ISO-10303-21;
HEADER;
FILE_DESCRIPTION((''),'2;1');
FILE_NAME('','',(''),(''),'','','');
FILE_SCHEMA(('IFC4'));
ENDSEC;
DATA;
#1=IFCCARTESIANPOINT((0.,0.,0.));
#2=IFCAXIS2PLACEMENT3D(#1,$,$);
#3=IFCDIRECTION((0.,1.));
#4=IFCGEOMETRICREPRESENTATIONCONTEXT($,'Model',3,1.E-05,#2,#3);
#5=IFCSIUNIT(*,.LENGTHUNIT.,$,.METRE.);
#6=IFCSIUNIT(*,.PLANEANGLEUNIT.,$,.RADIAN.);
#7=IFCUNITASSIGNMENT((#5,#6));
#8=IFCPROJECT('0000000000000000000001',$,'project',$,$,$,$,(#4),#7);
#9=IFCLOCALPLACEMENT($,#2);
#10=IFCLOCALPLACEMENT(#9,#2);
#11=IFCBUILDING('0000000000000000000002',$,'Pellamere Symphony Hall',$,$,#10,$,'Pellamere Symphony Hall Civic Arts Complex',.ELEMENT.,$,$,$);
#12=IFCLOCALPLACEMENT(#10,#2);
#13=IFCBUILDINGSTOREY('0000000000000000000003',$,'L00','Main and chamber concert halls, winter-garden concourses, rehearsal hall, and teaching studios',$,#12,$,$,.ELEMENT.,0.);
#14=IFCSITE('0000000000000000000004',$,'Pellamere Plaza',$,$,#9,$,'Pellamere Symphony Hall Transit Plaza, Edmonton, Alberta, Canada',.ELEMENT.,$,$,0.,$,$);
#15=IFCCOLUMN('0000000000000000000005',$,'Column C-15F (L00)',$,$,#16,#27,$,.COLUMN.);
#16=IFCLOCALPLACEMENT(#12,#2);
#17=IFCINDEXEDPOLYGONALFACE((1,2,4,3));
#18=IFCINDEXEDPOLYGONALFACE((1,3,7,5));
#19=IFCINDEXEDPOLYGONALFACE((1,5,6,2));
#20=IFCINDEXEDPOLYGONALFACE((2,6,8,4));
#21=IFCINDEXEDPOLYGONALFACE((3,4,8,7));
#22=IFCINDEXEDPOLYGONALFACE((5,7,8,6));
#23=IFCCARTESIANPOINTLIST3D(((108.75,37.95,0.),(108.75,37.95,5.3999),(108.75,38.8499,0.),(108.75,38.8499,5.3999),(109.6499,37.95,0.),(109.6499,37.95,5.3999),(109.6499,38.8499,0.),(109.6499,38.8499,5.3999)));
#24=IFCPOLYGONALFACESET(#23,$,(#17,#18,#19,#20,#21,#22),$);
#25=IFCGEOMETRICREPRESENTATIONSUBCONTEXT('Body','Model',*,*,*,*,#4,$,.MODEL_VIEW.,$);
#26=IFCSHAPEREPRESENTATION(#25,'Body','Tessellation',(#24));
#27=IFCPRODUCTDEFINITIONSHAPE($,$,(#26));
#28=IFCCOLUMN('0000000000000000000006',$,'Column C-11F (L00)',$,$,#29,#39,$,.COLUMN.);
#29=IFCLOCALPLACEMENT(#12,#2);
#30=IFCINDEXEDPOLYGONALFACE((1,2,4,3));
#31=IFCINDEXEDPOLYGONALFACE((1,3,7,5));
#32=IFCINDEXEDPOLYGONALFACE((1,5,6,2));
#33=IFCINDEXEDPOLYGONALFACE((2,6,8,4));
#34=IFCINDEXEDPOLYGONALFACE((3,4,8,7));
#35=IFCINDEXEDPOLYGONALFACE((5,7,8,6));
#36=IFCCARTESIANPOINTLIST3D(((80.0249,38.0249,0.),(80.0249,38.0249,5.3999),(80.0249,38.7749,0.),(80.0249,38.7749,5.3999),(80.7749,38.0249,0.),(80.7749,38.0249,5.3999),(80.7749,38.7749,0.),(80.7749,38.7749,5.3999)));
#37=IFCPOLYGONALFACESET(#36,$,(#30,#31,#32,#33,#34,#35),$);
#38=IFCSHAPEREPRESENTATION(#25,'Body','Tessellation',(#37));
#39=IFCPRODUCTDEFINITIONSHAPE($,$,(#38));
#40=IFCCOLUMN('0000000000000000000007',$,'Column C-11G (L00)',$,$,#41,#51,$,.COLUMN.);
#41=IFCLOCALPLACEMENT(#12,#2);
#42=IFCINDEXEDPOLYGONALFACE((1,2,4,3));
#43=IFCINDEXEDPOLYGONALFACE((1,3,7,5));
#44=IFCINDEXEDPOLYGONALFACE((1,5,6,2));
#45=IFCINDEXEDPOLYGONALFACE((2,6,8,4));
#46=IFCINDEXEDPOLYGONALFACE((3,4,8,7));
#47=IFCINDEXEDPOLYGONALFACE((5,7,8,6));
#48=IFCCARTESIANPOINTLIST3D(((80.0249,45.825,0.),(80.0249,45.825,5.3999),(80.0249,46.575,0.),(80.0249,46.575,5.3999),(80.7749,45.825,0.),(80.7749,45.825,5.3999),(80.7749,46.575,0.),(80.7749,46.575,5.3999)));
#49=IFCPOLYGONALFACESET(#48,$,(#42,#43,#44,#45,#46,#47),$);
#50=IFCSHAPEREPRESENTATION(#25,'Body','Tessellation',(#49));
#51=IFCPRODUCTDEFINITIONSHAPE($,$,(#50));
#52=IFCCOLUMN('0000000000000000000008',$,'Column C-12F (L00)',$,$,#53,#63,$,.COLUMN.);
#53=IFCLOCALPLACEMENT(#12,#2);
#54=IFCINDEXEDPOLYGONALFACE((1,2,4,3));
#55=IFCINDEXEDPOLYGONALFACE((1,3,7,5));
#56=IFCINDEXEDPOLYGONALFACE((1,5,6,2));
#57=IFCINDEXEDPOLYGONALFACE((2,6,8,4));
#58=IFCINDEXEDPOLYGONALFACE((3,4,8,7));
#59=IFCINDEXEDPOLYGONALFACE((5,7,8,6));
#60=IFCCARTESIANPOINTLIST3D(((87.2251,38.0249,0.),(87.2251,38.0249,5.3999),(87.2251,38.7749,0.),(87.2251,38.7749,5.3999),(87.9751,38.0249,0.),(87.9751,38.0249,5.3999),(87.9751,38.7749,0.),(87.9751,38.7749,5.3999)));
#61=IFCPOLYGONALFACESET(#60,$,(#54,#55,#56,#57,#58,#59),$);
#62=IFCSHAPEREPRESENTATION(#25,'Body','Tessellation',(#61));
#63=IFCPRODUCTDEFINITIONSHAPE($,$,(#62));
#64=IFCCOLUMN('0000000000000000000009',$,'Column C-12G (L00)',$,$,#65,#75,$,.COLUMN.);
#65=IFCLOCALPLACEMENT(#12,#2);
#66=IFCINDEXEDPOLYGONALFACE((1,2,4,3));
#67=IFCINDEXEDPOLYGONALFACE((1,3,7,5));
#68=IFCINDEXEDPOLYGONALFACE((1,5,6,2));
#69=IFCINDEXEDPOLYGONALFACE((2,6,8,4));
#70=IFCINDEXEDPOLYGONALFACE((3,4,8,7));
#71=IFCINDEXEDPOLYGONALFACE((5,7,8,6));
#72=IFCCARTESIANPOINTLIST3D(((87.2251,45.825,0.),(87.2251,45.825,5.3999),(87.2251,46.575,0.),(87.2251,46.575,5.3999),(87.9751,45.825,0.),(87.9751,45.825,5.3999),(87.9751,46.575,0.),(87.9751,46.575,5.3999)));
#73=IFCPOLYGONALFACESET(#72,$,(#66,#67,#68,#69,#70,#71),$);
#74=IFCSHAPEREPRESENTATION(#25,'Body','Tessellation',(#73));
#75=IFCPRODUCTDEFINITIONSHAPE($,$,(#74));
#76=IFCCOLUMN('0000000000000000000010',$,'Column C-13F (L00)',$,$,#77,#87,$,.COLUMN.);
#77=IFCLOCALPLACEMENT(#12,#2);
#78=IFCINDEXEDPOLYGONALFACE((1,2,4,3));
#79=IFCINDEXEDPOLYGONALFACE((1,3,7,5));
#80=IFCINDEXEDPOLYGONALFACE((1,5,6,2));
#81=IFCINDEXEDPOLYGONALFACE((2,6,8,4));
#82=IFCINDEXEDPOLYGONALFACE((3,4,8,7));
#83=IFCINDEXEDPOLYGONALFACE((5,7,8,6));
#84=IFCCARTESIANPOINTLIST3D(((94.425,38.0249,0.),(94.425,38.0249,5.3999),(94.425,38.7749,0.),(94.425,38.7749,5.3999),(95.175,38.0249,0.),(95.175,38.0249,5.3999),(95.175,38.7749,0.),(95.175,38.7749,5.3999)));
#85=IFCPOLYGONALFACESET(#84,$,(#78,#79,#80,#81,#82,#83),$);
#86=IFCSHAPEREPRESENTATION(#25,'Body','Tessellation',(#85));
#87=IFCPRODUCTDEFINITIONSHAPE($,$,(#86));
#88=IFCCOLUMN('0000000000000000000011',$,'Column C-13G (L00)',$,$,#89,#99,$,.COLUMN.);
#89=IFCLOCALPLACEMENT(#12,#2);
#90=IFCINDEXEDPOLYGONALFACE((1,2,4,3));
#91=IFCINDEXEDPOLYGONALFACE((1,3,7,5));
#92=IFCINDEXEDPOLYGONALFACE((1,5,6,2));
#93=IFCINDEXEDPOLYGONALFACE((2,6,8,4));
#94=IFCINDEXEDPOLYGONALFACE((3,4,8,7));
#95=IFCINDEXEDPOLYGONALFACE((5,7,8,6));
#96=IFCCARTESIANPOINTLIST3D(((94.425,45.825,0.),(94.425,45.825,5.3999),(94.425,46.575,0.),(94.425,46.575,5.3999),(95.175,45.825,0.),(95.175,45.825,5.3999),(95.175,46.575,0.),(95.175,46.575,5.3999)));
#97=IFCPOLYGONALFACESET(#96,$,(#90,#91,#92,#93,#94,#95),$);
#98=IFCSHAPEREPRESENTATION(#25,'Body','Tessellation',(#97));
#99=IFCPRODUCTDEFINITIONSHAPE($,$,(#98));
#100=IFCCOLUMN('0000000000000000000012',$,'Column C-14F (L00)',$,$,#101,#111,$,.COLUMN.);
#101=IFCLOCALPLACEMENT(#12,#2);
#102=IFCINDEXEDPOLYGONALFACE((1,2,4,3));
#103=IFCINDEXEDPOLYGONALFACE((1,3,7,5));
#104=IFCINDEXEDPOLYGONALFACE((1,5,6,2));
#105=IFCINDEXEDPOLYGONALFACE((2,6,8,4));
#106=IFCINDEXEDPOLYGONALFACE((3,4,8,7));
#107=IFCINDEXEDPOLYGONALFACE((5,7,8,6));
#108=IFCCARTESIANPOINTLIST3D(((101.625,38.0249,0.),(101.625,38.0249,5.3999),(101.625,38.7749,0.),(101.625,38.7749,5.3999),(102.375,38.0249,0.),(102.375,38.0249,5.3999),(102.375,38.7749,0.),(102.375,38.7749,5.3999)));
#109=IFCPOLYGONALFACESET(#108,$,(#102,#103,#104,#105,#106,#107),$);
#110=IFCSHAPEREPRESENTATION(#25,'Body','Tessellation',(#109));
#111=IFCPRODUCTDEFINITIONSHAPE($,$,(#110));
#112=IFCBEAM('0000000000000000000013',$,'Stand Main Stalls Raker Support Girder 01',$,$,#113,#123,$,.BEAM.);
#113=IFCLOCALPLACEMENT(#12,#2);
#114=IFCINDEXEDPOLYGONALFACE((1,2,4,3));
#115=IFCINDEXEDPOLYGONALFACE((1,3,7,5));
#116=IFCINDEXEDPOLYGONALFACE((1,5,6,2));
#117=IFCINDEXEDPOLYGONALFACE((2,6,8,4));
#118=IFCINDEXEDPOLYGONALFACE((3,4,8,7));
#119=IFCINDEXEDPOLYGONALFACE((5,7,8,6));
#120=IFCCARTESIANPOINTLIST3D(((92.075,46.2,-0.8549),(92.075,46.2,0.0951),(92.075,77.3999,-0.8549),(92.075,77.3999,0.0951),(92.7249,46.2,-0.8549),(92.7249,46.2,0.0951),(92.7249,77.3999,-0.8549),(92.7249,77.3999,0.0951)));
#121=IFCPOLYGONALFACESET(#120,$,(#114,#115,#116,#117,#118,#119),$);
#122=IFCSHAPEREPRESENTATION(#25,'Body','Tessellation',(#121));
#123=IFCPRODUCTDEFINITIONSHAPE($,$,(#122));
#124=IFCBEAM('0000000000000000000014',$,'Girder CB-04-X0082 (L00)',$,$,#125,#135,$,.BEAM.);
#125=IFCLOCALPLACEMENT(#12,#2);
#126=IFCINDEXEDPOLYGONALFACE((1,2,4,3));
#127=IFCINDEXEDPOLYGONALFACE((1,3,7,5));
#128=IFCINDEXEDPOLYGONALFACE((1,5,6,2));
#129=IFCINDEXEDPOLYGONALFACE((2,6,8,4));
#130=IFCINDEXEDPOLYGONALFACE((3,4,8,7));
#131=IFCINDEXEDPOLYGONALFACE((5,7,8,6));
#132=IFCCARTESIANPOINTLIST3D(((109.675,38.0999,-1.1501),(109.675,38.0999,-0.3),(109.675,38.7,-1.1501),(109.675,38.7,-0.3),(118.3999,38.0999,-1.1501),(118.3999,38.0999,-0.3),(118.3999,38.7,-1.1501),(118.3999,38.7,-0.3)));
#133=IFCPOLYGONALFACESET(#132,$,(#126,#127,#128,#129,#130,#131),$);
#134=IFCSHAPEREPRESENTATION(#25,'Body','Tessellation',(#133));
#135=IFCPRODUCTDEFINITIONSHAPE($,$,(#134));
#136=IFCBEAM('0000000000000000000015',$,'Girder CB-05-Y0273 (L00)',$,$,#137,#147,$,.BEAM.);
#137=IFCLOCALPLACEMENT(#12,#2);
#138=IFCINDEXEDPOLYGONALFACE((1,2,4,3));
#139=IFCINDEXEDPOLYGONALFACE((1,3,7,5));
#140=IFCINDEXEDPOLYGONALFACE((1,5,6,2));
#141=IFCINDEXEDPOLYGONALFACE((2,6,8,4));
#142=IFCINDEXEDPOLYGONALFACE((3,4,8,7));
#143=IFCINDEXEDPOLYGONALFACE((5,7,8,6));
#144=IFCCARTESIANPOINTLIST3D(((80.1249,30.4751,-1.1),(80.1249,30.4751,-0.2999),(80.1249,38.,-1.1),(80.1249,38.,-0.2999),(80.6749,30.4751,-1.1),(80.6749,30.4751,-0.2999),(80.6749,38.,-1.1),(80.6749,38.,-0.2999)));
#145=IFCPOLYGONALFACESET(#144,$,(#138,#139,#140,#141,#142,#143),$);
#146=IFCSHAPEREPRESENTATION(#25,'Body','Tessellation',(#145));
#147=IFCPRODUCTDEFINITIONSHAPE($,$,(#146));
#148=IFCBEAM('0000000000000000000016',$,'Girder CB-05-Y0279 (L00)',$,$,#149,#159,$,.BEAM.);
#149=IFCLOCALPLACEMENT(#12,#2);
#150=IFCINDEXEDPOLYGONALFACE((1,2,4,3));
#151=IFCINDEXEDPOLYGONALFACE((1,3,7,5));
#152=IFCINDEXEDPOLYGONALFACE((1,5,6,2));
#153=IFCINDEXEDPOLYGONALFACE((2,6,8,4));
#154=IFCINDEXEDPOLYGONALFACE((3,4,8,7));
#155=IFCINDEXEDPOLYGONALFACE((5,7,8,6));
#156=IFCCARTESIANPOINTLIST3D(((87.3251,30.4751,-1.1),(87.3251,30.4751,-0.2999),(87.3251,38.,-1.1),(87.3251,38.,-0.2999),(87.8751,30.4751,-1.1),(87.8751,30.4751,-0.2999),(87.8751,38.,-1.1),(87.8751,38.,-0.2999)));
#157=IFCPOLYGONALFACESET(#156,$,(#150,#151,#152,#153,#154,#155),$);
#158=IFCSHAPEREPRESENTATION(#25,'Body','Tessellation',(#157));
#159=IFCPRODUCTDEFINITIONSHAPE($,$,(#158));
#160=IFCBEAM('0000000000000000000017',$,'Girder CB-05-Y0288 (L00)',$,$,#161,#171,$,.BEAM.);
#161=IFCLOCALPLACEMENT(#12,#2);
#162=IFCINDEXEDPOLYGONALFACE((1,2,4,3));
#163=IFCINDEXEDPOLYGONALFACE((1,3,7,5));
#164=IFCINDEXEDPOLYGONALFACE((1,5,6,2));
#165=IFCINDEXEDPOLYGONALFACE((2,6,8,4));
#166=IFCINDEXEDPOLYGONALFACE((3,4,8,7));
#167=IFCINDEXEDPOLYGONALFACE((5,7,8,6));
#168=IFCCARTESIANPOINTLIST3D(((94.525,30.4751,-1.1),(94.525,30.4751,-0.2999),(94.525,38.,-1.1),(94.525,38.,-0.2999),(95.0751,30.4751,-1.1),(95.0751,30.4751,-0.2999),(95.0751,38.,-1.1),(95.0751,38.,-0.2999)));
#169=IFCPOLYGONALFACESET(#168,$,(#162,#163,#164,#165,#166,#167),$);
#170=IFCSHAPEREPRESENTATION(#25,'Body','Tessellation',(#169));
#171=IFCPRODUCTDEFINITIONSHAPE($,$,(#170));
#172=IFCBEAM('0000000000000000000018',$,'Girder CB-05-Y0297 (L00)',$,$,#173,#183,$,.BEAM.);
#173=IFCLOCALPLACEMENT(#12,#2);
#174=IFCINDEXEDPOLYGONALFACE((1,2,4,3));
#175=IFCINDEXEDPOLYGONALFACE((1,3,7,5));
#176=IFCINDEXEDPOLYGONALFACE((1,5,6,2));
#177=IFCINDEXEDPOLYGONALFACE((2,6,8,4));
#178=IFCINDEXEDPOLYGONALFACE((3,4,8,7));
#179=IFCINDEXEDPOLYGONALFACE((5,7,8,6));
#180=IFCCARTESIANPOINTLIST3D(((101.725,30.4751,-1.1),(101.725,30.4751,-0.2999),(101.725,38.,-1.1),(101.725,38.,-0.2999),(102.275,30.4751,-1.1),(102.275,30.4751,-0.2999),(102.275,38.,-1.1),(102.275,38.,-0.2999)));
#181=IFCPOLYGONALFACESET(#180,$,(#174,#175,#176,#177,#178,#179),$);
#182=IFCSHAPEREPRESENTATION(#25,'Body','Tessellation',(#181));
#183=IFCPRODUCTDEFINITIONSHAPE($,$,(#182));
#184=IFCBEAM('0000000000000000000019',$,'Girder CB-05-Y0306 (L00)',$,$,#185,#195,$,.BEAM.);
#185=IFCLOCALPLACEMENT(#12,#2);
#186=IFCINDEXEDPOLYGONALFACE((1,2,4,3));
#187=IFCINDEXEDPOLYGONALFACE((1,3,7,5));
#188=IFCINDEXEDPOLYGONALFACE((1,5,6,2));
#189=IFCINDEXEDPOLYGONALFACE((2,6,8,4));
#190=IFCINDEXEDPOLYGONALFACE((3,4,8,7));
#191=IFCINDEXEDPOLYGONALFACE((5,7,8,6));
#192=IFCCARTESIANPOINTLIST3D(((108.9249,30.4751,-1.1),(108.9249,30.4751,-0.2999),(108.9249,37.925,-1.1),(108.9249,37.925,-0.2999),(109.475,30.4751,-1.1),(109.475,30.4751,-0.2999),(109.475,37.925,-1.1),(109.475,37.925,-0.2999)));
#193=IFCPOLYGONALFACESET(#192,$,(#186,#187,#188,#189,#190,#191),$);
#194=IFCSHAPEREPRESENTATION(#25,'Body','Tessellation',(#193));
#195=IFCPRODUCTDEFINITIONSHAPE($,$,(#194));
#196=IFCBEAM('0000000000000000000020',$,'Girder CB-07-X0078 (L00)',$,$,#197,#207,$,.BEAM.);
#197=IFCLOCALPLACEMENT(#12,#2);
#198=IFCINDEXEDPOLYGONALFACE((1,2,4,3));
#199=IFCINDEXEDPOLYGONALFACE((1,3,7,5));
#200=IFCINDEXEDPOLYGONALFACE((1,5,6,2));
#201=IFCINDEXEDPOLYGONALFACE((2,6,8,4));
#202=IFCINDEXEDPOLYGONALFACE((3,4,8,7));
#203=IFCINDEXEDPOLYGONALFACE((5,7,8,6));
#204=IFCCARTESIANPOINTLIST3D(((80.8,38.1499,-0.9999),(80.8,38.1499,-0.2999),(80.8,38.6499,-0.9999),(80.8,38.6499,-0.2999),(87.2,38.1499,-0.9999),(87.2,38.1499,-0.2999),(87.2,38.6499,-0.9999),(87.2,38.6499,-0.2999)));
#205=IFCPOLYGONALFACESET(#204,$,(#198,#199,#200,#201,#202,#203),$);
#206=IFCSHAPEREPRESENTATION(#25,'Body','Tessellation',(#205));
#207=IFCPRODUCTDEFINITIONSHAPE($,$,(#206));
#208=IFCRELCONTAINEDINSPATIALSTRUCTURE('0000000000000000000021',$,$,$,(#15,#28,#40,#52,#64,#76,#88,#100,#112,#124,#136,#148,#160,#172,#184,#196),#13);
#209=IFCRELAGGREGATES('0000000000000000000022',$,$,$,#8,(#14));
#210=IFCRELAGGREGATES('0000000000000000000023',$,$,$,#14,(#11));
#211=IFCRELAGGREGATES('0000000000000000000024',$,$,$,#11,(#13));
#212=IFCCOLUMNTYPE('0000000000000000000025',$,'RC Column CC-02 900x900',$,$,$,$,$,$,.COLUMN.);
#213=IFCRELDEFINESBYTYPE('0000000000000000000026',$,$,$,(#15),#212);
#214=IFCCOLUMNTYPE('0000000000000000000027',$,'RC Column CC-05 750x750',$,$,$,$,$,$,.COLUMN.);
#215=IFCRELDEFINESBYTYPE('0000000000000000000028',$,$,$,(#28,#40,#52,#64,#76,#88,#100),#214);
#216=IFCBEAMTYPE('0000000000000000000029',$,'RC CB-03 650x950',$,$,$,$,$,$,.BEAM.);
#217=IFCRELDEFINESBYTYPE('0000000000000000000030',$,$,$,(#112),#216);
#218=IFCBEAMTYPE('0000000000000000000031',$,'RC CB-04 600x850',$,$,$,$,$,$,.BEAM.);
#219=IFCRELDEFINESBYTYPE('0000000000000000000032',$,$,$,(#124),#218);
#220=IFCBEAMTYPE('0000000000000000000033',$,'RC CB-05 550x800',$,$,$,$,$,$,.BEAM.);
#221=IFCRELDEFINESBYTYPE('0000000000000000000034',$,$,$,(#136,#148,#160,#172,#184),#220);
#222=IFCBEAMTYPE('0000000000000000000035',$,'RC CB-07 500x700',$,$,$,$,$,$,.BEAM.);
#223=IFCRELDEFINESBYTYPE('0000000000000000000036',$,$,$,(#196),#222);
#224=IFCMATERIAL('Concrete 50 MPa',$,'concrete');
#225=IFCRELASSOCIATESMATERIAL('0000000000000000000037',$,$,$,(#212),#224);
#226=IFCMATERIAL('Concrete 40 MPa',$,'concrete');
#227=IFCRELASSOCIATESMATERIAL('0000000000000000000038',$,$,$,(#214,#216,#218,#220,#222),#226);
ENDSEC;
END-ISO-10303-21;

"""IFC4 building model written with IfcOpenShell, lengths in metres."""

from ifc_helpers import new_model, si_unit, direction, frame, origin, origin_2d, place, context, subcontext, project, spatial, rectangle, extrude, material, material_profile, profile_set, type_object, element, save


model = new_model("IFC4")

# Units and contexts
model_context = context("Model", 3, precision=1e-05, world=origin(), true_north=direction((0.0, 1.0)))
body_context = subcontext(model_context, "Body", "Model", "MODEL_VIEW")
ifc_project = project(units=[si_unit("LENGTHUNIT", "METRE"), si_unit("PLANEANGLEUNIT", "RADIAN")], contexts=[model_context])

# Site, building, storey
site_placement = place(None, origin())
site = spatial("IfcSite", under=ifc_project, at=site_placement, Name="Pellamere Plaza", LongName="Pellamere Symphony Hall Transit Plaza, Edmonton, Alberta, Canada", CompositionType="ELEMENT", RefElevation=0.0)
building_placement = place(site_placement, origin())
building = spatial("IfcBuilding", under=site, at=building_placement, Name="Pellamere Symphony Hall", LongName="Pellamere Symphony Hall Civic Arts Complex", CompositionType="ELEMENT")
storey_placement = place(building_placement, origin())
storey = spatial("IfcBuildingStorey", under=building, at=storey_placement, Name="L00", Description="Main and chamber concert halls, winter-garden concourses, rehearsal hall, and teaching studios", CompositionType="ELEMENT", Elevation=0.0)

# Columns
ifc_material_1 = material(Name="Concrete 50 MPa", Category="concrete")
ifc_material_profile_1 = material_profile(ifc_material_1, rectangle(XDim=0.8999, YDim=0.8999, at=origin_2d()), Name="RC 900x900")
ifc_profile_set_1 = profile_set([ifc_material_profile_1], Name="Concrete 50 MPa")
column_type_1 = type_object("IfcColumnType", Name="RC Column CC-02 900x900", PredefinedType="COLUMN", material=ifc_profile_set_1)
column_placement = place(storey_placement, frame((109.2, 38.3999, 0.0), z_axis=(0.0, 0.0, 1.0), x_axis=(1.0, 0.0, 0.0)))
element("IfcColumn", 1, at=column_placement, inside=storey, type_object=column_type_1, Name="Column C-15F (L00)", PredefinedType="COLUMN", context=body_context, shape_type="SweptSolid", body=[
    extrude(rectangle(XDim=0.8999, YDim=0.8999, at=origin_2d()), origin(), (0.0, 0.0, 1.0), 5.3999),
])
ifc_material_2 = material(Name="Concrete 40 MPa", Category="concrete")
ifc_material_profile_2 = material_profile(ifc_material_2, rectangle(XDim=0.75, YDim=0.75, at=origin_2d()), Name="RC 750x750")
ifc_profile_set_2 = profile_set([ifc_material_profile_2], Name="Concrete 40 MPa")
column_type_2 = type_object("IfcColumnType", Name="RC Column CC-05 750x750", PredefinedType="COLUMN", material=ifc_profile_set_2)
for number, where, z_axis, x_axis, name in (
    (2, (80.3999, 38.3999, 0.0), (0.0, 0.0, 1.0), (1.0, 0.0, 0.0), "Column C-11F (L00)"),
    (3, (80.3999, 46.2, 0.0), (0.0, 0.0, 1.0), (1.0, 0.0, 0.0), "Column C-11G (L00)"),
    (4, (87.6001, 38.3999, 0.0), (0.0, 0.0, 1.0), (1.0, 0.0, 0.0), "Column C-12F (L00)"),
    (5, (87.6001, 46.2, 0.0), (0.0, 0.0, 1.0), (1.0, 0.0, 0.0), "Column C-12G (L00)"),
    (6, (94.8, 38.3999, 0.0), (0.0, 0.0, 1.0), (1.0, 0.0, 0.0), "Column C-13F (L00)"),
    (7, (94.8, 46.2, 0.0), (0.0, 0.0, 1.0), (1.0, 0.0, 0.0), "Column C-13G (L00)"),
    (8, (102.0, 38.3999, 0.0), (0.0, 0.0, 1.0), (1.0, 0.0, 0.0), "Column C-14F (L00)"),
):
    element("IfcColumn", number, at=place(storey_placement, frame(where, z_axis=z_axis, x_axis=x_axis)), inside=storey, type_object=column_type_2, Name=name, PredefinedType="COLUMN", context=body_context, shape_type="SweptSolid", body=[
        extrude(rectangle(XDim=0.75, YDim=0.75, at=origin_2d()), origin(), (0.0, 0.0, 1.0), 5.3999),
    ])

# Beams
ifc_material_profile_3 = material_profile(ifc_material_2, rectangle(XDim=0.6499, YDim=0.95, at=origin_2d()), Name="RC 650x950")
ifc_profile_set_3 = profile_set([ifc_material_profile_3], Name="Concrete 40 MPa")
beam_type_1 = type_object("IfcBeamType", Name="RC CB-03 650x950", PredefinedType="BEAM", material=ifc_profile_set_3)
beam_1_placement = place(storey_placement, frame((92.3999, 46.2, -0.3799), z_axis=(0.0, 1.0, 0.0), x_axis=(-1.0, 0.0, 0.0)))
element("IfcBeam", 9, at=beam_1_placement, inside=storey, type_object=beam_type_1, Name="Stand Main Stalls Raker Support Girder 01", PredefinedType="BEAM", context=body_context, shape_type="SweptSolid", body=[
    extrude(rectangle(XDim=0.6499, YDim=0.95, at=origin_2d()), origin(), (0.0, 0.0, 1.0), 31.2),
])
ifc_material_profile_4 = material_profile(ifc_material_2, rectangle(XDim=0.6001, YDim=0.8501, at=origin_2d()), Name="RC 600x850")
ifc_profile_set_4 = profile_set([ifc_material_profile_4], Name="Concrete 40 MPa")
beam_type_2 = type_object("IfcBeamType", Name="RC CB-04 600x850", PredefinedType="BEAM", material=ifc_profile_set_4)
beam_2_placement = place(storey_placement, frame((109.675, 38.3999, -0.7251), z_axis=(1.0, 0.0, 0.0), x_axis=(0.0, 1.0, 0.0)))
element("IfcBeam", 10, at=beam_2_placement, inside=storey, type_object=beam_type_2, Name="Girder CB-04-X0082 (L00)", PredefinedType="BEAM", context=body_context, shape_type="SweptSolid", body=[
    extrude(rectangle(XDim=0.6001, YDim=0.8501, at=origin_2d()), origin(), (0.0, 0.0, 1.0), 8.7249),
])
ifc_material_profile_5 = material_profile(ifc_material_2, rectangle(XDim=0.55, YDim=0.8, at=origin_2d()), Name="RC 550x800")
ifc_profile_set_5 = profile_set([ifc_material_profile_5], Name="Concrete 40 MPa")
beam_type_3 = type_object("IfcBeamType", Name="RC CB-05 550x800", PredefinedType="BEAM", material=ifc_profile_set_5)
for number, where, z_axis, x_axis, name in (
    (11, (80.3999, 30.4751, -0.7), (0.0, 1.0, 0.0), (-1.0, 0.0, 0.0), "Girder CB-05-Y0273 (L00)"),
    (12, (87.6001, 30.4751, -0.7), (0.0, 1.0, 0.0), (-1.0, 0.0, 0.0), "Girder CB-05-Y0279 (L00)"),
    (13, (94.8, 30.4751, -0.7), (0.0, 1.0, 0.0), (-1.0, 0.0, 0.0), "Girder CB-05-Y0288 (L00)"),
    (14, (102.0, 30.4751, -0.7), (0.0, 1.0, 0.0), (-1.0, 0.0, 0.0), "Girder CB-05-Y0297 (L00)"),
):
    element("IfcBeam", number, at=place(storey_placement, frame(where, z_axis=z_axis, x_axis=x_axis)), inside=storey, type_object=beam_type_3, Name=name, PredefinedType="BEAM", context=body_context, shape_type="SweptSolid", body=[
        extrude(rectangle(XDim=0.55, YDim=0.8, at=origin_2d()), origin(), (0.0, 0.0, 1.0), 7.5249),
    ])
beam_3_placement = place(storey_placement, frame((109.2, 30.4751, -0.7), z_axis=(0.0, 1.0, 0.0), x_axis=(-1.0, 0.0, 0.0)))
element("IfcBeam", 15, at=beam_3_placement, inside=storey, type_object=beam_type_3, Name="Girder CB-05-Y0306 (L00)", PredefinedType="BEAM", context=body_context, shape_type="SweptSolid", body=[
    extrude(rectangle(XDim=0.55, YDim=0.8, at=origin_2d()), origin(), (0.0, 0.0, 1.0), 7.45),
])
ifc_material_profile_6 = material_profile(ifc_material_2, rectangle(XDim=0.5, YDim=0.7, at=origin_2d()), Name="RC 500x700")
ifc_profile_set_6 = profile_set([ifc_material_profile_6], Name="Concrete 40 MPa")
beam_type_4 = type_object("IfcBeamType", Name="RC CB-07 500x700", PredefinedType="BEAM", material=ifc_profile_set_6)
for number, where, z_axis, x_axis, name in (
    (16, (80.8, 38.3999, -0.6499), (1.0, 0.0, 0.0), (0.0, 1.0, 0.0), "Girder CB-07-X0078 (L00)"),
):
    element("IfcBeam", number, at=place(storey_placement, frame(where, z_axis=z_axis, x_axis=x_axis)), inside=storey, type_object=beam_type_4, Name=name, PredefinedType="BEAM", context=body_context, shape_type="SweptSolid", body=[
        extrude(rectangle(XDim=0.5, YDim=0.7, at=origin_2d()), origin(), (0.0, 0.0, 1.0), 6.3999),
    ])

save(model, "model.ifc")
